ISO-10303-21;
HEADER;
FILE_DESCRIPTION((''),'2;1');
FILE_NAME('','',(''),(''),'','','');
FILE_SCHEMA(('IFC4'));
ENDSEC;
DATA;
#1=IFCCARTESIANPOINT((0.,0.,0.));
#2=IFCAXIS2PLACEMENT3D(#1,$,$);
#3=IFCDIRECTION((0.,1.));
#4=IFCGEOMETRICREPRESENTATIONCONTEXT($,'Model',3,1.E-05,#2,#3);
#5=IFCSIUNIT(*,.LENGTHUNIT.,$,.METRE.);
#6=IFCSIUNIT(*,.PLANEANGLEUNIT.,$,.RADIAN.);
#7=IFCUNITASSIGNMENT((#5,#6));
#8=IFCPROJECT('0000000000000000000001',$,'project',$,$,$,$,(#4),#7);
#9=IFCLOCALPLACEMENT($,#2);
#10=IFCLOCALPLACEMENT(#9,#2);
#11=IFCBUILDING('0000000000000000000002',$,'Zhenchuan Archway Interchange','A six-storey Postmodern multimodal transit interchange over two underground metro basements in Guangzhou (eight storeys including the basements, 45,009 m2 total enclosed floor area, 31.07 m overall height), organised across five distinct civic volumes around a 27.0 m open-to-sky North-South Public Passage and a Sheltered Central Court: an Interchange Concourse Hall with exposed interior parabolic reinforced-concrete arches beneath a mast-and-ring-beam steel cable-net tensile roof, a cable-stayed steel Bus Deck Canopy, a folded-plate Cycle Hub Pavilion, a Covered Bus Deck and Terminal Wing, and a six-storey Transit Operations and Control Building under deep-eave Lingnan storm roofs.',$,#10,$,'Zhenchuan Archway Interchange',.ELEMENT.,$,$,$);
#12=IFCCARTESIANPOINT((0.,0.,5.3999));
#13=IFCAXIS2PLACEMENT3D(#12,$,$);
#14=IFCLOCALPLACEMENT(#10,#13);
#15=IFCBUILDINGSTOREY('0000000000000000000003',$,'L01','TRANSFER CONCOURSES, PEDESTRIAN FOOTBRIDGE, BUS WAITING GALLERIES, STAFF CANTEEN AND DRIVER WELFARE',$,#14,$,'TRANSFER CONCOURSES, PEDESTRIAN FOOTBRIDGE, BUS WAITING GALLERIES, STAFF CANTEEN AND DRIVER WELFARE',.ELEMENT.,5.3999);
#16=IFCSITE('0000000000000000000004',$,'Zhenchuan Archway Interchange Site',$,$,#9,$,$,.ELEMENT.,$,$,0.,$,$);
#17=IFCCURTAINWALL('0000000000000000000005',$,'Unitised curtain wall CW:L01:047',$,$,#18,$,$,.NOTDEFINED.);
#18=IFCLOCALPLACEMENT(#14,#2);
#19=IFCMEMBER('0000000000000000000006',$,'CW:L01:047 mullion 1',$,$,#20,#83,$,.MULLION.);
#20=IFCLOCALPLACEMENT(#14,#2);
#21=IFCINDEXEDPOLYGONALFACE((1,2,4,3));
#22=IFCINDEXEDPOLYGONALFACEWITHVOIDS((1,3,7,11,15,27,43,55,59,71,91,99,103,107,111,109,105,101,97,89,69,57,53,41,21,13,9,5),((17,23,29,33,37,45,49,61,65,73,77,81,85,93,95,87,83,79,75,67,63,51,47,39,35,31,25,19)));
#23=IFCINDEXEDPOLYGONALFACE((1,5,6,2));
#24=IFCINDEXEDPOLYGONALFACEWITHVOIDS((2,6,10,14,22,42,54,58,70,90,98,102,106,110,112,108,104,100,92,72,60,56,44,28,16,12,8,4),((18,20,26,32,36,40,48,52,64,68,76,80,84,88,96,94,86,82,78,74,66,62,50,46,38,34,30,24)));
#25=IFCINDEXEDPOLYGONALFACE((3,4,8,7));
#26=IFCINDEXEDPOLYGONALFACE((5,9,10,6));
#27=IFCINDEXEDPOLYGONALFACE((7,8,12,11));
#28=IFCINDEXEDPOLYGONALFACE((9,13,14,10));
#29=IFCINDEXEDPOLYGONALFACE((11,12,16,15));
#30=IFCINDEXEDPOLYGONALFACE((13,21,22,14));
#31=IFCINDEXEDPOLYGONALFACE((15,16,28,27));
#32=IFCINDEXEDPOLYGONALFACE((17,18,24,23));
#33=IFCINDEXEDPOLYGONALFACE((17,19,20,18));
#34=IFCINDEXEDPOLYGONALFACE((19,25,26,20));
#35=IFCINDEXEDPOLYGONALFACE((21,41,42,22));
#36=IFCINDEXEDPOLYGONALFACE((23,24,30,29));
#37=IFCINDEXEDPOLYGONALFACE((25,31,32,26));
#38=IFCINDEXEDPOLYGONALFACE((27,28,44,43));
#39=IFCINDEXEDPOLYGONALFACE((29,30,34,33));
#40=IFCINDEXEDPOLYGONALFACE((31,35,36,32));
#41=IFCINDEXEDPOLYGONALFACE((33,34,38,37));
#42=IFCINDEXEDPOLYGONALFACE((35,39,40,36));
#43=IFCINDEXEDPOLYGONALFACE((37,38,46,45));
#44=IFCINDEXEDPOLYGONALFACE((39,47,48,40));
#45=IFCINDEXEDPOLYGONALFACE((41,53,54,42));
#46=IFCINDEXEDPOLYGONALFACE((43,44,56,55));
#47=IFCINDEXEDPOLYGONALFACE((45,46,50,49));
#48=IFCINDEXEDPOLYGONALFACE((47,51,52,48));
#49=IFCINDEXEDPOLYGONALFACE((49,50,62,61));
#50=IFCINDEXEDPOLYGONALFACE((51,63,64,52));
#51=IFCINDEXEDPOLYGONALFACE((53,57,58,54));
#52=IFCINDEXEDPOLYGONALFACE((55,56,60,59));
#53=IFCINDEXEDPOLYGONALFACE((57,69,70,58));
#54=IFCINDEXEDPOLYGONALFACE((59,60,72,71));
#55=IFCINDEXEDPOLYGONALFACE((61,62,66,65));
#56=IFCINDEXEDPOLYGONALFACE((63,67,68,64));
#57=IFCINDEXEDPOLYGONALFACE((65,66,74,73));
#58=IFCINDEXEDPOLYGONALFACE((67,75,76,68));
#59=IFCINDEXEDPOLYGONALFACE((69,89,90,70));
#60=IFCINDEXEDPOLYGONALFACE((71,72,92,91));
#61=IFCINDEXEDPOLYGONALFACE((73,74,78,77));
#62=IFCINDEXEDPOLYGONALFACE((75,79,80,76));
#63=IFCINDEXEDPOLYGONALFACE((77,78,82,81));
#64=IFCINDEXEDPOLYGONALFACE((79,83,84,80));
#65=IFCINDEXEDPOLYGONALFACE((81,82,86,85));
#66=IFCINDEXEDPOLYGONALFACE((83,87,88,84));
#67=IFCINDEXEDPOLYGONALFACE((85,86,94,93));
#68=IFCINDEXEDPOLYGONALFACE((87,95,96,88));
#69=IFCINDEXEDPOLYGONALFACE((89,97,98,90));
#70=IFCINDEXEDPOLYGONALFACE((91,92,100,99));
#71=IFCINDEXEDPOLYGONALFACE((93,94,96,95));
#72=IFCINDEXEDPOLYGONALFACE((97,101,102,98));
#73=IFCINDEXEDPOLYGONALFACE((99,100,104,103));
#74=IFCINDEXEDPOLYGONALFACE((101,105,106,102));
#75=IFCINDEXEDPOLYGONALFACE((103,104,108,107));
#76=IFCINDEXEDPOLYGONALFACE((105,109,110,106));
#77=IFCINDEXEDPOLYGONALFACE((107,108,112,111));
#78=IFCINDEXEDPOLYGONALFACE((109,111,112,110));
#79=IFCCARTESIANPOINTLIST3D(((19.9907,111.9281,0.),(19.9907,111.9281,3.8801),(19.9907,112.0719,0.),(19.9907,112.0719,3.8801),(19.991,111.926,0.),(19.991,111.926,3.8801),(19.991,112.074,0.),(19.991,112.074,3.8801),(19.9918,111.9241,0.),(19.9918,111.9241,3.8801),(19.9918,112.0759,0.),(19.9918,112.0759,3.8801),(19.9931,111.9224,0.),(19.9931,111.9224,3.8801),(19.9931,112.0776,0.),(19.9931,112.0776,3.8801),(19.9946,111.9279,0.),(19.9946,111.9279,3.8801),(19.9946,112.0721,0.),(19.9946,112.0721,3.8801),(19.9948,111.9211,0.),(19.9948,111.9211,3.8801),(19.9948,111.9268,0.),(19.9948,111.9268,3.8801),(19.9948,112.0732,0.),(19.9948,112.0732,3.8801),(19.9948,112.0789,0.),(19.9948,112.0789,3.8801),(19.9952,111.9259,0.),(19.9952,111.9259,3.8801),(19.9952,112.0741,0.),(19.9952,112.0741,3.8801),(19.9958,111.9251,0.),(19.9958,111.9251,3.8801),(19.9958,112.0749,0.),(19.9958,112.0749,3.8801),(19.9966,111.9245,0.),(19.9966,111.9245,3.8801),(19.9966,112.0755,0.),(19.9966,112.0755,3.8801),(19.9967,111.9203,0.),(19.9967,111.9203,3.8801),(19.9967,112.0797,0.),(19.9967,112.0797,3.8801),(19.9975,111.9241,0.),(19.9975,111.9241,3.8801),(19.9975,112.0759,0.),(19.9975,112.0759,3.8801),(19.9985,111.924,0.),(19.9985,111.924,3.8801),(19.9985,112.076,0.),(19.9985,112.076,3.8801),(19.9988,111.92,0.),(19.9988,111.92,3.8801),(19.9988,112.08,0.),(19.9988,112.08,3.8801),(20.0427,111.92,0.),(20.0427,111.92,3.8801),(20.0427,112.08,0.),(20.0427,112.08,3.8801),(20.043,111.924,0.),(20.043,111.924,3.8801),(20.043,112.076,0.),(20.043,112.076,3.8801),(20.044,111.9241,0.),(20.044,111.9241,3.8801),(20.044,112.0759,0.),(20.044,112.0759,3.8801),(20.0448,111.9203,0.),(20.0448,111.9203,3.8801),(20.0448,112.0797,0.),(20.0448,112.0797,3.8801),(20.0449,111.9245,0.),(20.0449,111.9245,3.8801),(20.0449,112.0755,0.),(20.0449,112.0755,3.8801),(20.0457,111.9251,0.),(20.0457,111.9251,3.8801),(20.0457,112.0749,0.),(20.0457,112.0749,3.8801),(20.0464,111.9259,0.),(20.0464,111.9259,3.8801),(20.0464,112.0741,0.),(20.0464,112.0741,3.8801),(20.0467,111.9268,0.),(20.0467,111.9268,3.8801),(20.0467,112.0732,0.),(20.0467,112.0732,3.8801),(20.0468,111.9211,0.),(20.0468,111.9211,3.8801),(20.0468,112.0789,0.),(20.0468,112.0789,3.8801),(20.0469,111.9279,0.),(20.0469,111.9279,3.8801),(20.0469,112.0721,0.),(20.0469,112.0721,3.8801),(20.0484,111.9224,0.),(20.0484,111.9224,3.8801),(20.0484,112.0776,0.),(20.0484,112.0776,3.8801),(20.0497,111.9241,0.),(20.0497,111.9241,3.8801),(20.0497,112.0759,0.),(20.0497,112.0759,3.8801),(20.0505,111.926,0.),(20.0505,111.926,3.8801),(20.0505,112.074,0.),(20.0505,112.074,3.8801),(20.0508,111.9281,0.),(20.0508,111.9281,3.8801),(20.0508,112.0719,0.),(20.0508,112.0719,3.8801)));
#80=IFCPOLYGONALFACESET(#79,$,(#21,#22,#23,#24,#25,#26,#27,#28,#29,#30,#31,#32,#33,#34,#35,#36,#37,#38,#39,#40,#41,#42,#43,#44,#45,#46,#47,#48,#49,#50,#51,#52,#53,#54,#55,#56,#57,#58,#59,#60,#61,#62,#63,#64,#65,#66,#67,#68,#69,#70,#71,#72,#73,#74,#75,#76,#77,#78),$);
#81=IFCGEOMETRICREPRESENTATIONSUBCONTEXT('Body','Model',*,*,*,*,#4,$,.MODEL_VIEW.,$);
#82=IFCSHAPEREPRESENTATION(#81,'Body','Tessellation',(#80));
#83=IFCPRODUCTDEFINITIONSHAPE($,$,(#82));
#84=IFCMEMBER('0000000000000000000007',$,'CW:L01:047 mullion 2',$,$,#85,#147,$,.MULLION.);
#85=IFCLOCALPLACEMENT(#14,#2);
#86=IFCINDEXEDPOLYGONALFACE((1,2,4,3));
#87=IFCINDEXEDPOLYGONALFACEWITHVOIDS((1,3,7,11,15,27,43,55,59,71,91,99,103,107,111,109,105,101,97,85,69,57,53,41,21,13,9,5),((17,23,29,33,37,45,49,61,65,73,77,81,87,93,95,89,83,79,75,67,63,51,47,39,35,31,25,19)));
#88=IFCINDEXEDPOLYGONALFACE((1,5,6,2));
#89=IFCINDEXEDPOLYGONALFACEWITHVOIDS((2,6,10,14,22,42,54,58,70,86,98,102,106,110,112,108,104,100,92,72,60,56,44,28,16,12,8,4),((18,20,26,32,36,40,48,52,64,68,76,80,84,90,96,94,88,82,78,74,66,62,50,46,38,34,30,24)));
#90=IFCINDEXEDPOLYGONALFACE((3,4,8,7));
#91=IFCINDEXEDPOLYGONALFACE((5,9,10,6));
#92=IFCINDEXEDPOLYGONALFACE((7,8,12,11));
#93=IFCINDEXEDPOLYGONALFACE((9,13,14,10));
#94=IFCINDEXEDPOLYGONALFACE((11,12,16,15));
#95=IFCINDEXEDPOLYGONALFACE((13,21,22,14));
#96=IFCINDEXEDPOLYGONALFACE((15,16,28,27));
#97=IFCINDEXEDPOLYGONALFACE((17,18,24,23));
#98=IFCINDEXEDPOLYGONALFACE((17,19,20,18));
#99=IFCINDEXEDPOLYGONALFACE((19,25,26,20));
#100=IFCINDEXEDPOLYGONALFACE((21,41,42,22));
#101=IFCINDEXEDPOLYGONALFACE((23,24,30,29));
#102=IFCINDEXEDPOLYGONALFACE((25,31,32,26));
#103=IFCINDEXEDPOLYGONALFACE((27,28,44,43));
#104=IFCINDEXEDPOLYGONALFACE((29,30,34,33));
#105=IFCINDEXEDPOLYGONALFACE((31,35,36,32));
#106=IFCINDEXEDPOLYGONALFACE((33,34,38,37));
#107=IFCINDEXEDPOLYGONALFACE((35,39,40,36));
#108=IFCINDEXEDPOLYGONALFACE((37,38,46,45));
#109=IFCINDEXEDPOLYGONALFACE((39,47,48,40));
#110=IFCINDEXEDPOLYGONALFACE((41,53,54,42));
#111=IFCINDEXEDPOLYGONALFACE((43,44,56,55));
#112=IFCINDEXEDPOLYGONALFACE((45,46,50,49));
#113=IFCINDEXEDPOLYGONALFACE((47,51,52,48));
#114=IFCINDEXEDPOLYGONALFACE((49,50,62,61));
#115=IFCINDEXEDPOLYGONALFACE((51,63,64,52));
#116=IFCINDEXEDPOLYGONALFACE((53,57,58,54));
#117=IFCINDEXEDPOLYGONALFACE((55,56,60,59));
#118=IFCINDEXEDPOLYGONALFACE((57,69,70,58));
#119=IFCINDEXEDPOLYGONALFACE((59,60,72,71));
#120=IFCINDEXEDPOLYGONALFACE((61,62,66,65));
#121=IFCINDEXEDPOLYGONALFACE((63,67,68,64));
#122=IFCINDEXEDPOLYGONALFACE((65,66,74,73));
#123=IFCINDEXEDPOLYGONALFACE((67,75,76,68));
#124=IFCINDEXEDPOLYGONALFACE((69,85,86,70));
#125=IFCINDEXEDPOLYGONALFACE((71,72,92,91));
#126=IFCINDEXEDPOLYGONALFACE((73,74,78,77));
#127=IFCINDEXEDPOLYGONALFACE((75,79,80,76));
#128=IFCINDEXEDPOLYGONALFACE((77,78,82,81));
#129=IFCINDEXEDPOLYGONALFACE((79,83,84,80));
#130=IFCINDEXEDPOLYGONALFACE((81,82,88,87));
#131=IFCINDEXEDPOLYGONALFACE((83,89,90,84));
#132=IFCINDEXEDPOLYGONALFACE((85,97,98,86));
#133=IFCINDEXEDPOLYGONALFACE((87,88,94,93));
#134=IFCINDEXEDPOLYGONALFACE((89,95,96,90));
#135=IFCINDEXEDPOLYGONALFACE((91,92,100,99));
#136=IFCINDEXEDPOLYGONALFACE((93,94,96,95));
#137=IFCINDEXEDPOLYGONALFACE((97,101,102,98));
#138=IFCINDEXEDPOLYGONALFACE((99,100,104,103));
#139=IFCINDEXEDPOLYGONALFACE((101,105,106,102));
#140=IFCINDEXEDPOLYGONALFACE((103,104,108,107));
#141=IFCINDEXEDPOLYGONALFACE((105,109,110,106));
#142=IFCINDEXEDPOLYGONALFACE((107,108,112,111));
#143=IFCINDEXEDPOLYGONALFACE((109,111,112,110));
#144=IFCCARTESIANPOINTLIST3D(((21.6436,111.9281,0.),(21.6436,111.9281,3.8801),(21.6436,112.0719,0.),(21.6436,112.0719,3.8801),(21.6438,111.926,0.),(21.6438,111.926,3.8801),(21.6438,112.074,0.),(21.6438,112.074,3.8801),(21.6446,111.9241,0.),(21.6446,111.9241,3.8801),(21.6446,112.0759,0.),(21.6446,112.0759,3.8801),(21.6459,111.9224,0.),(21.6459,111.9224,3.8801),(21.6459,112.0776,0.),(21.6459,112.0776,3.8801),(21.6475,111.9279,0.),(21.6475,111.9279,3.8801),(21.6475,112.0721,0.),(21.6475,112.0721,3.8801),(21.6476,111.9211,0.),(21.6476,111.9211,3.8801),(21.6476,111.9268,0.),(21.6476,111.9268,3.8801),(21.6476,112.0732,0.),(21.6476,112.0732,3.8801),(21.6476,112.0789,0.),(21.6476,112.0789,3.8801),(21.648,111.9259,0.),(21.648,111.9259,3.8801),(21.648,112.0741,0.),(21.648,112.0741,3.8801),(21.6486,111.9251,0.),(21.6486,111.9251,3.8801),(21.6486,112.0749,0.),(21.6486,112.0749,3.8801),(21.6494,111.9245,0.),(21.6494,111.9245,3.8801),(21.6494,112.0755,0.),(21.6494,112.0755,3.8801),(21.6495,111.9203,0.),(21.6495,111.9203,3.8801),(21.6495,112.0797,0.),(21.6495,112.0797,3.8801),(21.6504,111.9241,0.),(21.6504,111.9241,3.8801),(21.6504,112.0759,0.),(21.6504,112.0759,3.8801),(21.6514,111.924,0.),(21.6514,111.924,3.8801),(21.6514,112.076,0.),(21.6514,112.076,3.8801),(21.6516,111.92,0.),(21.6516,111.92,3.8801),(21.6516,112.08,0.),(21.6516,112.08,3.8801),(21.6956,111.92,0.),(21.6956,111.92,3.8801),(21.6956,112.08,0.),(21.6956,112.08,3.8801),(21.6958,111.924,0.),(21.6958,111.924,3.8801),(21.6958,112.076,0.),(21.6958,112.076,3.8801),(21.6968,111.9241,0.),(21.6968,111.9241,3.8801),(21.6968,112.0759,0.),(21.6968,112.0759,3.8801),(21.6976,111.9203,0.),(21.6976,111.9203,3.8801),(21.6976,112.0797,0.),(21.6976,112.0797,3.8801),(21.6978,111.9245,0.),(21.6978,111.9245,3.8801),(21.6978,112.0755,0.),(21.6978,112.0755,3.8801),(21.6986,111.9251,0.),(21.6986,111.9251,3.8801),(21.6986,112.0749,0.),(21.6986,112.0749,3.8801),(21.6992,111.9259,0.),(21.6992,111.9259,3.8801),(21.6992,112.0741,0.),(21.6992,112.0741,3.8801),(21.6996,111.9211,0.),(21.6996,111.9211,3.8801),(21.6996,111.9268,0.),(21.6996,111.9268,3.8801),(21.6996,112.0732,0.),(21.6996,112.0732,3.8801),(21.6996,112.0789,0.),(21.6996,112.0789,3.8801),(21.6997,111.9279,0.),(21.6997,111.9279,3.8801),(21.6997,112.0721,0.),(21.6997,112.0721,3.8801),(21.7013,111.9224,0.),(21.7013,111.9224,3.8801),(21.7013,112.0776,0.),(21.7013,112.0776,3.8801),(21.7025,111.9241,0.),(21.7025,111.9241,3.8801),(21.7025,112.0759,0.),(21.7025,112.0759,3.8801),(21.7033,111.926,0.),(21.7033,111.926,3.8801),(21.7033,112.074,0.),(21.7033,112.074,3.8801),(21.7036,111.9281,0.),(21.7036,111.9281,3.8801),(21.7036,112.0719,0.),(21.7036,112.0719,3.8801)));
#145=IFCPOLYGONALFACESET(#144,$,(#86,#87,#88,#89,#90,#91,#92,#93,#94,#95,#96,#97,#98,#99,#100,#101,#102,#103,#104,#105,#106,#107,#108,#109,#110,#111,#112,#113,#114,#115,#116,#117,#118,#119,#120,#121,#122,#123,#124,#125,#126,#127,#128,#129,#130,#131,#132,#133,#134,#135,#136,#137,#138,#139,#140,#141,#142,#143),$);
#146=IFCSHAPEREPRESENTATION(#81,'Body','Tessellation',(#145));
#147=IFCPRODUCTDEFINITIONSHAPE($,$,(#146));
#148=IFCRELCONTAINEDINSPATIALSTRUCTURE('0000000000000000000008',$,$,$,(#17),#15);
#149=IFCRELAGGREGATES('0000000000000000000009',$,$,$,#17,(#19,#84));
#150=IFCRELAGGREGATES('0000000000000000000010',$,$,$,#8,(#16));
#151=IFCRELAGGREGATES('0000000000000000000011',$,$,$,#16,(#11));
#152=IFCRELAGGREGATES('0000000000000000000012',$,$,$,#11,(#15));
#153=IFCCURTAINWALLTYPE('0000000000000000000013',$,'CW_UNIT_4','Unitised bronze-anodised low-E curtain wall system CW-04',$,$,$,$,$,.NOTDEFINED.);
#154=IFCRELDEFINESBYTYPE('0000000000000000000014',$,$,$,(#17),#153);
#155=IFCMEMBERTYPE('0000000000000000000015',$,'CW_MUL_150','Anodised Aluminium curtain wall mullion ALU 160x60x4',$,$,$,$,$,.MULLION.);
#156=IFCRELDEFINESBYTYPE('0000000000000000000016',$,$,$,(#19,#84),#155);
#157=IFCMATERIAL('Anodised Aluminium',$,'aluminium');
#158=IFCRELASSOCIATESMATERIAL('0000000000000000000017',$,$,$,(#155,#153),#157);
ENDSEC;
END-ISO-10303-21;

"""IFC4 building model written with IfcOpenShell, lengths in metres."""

from ifc_helpers import new_model, si_unit, direction, frame, origin, origin_2d, place, context, subcontext, project, spatial, hollow_rectangle, extrude, material, material_profile, profile_set, type_object, element, aggregate, save


model = new_model("IFC4")

# Units and contexts
model_context = context("Model", 3, precision=1e-05, world=origin(), true_north=direction((0.0, 1.0)))
body_context = subcontext(model_context, "Body", "Model", "MODEL_VIEW")
ifc_project = project(units=[si_unit("LENGTHUNIT", "METRE"), si_unit("PLANEANGLEUNIT", "RADIAN")], contexts=[model_context])

# Site, building, storey
site_placement = place(None, origin())
site = spatial("IfcSite", under=ifc_project, at=site_placement, Name="Zhenchuan Archway Interchange Site", CompositionType="ELEMENT", RefElevation=0.0)
building_placement = place(site_placement, origin())
building = spatial("IfcBuilding", under=site, at=building_placement, Name="Zhenchuan Archway Interchange", Description="A six-storey Postmodern multimodal transit interchange over two underground metro basements in Guangzhou (eight storeys including the basements, 45,009 m2 total enclosed floor area, 31.07 m overall height), organised across five distinct civic volumes around a 27.0 m open-to-sky North-South Public Passage and a Sheltered Central Court: an Interchange Concourse Hall with exposed interior parabolic reinforced-concrete arches beneath a mast-and-ring-beam steel cable-net tensile roof, a cable-stayed steel Bus Deck Canopy, a folded-plate Cycle Hub Pavilion, a Covered Bus Deck and Terminal Wing, and a six-storey Transit Operations and Control Building under deep-eave Lingnan storm roofs.", LongName="Zhenchuan Archway Interchange", CompositionType="ELEMENT")
storey_placement = place(building_placement, frame((0.0, 0.0, 5.3999)))
storey = spatial("IfcBuildingStorey", under=building, at=storey_placement, Name="L01", Description="TRANSFER CONCOURSES, PEDESTRIAN FOOTBRIDGE, BUS WAITING GALLERIES, STAFF CANTEEN AND DRIVER WELFARE", LongName="TRANSFER CONCOURSES, PEDESTRIAN FOOTBRIDGE, BUS WAITING GALLERIES, STAFF CANTEEN AND DRIVER WELFARE", CompositionType="ELEMENT", Elevation=5.3999)

# Shared definitions
ifc_material_1 = material(Name="Anodised Aluminium", Category="aluminium")
ifc_material_profile_1 = material_profile(ifc_material_1, hollow_rectangle(XDim=0.0601, YDim=0.1599, WallThickness=0.0039, InnerFilletRadius=0.0039, OuterFilletRadius=0.0081, at=origin_2d()), Name="ALU 160x60x4")
ifc_profile_set_1 = profile_set([ifc_material_profile_1], Name="Anodised Aluminium")
member_type_1 = type_object("IfcMemberType", Name="CW_MUL_150", Description="Anodised Aluminium curtain wall mullion ALU 160x60x4", PredefinedType="MULLION", material=ifc_profile_set_1)

# Curtain wall, members
curtain_wall_type_1 = type_object("IfcCurtainWallType", Name="CW_UNIT_4", Description="Unitised bronze-anodised low-E curtain wall system CW-04", PredefinedType="NOTDEFINED", material=ifc_material_1)
curtain_wall_1_placement = place(storey_placement, origin())
curtain_wall_1 = element("IfcCurtainWall", 1, at=curtain_wall_1_placement, inside=storey, type_object=curtain_wall_type_1, Name="Unitised curtain wall CW:L01:047", PredefinedType="NOTDEFINED")
member_1_placement = place(storey_placement, frame((20.0208, 112.0, 0.0), z_axis=(0.0, 0.0, 1.0), x_axis=(1.0, 0.0, 0.0)))
member_1 = element("IfcMember", 2, at=member_1_placement, type_object=member_type_1, Name="CW:L01:047 mullion 1", PredefinedType="MULLION", context=body_context, shape_type="SweptSolid", body=[
    extrude(hollow_rectangle(XDim=0.0601, YDim=0.1599, WallThickness=0.0039, InnerFilletRadius=0.0039, OuterFilletRadius=0.0081, at=origin_2d()), origin(), (0.0, 0.0, 1.0), 3.8801),
])
member_2_placement = place(storey_placement, frame((21.6736, 112.0, 0.0), z_axis=(0.0, 0.0, 1.0), x_axis=(1.0, 0.0, 0.0)))
member_2 = element("IfcMember", 3, at=member_2_placement, type_object=member_type_1, Name="CW:L01:047 mullion 2", PredefinedType="MULLION", context=body_context, shape_type="SweptSolid", body=[
    extrude(hollow_rectangle(XDim=0.0601, YDim=0.1599, WallThickness=0.0039, InnerFilletRadius=0.0039, OuterFilletRadius=0.0081, at=origin_2d()), origin(), (0.0, 0.0, 1.0), 3.8801),
])

aggregate(curtain_wall_1, [member_1, member_2])

save(model, "model.ifc")
